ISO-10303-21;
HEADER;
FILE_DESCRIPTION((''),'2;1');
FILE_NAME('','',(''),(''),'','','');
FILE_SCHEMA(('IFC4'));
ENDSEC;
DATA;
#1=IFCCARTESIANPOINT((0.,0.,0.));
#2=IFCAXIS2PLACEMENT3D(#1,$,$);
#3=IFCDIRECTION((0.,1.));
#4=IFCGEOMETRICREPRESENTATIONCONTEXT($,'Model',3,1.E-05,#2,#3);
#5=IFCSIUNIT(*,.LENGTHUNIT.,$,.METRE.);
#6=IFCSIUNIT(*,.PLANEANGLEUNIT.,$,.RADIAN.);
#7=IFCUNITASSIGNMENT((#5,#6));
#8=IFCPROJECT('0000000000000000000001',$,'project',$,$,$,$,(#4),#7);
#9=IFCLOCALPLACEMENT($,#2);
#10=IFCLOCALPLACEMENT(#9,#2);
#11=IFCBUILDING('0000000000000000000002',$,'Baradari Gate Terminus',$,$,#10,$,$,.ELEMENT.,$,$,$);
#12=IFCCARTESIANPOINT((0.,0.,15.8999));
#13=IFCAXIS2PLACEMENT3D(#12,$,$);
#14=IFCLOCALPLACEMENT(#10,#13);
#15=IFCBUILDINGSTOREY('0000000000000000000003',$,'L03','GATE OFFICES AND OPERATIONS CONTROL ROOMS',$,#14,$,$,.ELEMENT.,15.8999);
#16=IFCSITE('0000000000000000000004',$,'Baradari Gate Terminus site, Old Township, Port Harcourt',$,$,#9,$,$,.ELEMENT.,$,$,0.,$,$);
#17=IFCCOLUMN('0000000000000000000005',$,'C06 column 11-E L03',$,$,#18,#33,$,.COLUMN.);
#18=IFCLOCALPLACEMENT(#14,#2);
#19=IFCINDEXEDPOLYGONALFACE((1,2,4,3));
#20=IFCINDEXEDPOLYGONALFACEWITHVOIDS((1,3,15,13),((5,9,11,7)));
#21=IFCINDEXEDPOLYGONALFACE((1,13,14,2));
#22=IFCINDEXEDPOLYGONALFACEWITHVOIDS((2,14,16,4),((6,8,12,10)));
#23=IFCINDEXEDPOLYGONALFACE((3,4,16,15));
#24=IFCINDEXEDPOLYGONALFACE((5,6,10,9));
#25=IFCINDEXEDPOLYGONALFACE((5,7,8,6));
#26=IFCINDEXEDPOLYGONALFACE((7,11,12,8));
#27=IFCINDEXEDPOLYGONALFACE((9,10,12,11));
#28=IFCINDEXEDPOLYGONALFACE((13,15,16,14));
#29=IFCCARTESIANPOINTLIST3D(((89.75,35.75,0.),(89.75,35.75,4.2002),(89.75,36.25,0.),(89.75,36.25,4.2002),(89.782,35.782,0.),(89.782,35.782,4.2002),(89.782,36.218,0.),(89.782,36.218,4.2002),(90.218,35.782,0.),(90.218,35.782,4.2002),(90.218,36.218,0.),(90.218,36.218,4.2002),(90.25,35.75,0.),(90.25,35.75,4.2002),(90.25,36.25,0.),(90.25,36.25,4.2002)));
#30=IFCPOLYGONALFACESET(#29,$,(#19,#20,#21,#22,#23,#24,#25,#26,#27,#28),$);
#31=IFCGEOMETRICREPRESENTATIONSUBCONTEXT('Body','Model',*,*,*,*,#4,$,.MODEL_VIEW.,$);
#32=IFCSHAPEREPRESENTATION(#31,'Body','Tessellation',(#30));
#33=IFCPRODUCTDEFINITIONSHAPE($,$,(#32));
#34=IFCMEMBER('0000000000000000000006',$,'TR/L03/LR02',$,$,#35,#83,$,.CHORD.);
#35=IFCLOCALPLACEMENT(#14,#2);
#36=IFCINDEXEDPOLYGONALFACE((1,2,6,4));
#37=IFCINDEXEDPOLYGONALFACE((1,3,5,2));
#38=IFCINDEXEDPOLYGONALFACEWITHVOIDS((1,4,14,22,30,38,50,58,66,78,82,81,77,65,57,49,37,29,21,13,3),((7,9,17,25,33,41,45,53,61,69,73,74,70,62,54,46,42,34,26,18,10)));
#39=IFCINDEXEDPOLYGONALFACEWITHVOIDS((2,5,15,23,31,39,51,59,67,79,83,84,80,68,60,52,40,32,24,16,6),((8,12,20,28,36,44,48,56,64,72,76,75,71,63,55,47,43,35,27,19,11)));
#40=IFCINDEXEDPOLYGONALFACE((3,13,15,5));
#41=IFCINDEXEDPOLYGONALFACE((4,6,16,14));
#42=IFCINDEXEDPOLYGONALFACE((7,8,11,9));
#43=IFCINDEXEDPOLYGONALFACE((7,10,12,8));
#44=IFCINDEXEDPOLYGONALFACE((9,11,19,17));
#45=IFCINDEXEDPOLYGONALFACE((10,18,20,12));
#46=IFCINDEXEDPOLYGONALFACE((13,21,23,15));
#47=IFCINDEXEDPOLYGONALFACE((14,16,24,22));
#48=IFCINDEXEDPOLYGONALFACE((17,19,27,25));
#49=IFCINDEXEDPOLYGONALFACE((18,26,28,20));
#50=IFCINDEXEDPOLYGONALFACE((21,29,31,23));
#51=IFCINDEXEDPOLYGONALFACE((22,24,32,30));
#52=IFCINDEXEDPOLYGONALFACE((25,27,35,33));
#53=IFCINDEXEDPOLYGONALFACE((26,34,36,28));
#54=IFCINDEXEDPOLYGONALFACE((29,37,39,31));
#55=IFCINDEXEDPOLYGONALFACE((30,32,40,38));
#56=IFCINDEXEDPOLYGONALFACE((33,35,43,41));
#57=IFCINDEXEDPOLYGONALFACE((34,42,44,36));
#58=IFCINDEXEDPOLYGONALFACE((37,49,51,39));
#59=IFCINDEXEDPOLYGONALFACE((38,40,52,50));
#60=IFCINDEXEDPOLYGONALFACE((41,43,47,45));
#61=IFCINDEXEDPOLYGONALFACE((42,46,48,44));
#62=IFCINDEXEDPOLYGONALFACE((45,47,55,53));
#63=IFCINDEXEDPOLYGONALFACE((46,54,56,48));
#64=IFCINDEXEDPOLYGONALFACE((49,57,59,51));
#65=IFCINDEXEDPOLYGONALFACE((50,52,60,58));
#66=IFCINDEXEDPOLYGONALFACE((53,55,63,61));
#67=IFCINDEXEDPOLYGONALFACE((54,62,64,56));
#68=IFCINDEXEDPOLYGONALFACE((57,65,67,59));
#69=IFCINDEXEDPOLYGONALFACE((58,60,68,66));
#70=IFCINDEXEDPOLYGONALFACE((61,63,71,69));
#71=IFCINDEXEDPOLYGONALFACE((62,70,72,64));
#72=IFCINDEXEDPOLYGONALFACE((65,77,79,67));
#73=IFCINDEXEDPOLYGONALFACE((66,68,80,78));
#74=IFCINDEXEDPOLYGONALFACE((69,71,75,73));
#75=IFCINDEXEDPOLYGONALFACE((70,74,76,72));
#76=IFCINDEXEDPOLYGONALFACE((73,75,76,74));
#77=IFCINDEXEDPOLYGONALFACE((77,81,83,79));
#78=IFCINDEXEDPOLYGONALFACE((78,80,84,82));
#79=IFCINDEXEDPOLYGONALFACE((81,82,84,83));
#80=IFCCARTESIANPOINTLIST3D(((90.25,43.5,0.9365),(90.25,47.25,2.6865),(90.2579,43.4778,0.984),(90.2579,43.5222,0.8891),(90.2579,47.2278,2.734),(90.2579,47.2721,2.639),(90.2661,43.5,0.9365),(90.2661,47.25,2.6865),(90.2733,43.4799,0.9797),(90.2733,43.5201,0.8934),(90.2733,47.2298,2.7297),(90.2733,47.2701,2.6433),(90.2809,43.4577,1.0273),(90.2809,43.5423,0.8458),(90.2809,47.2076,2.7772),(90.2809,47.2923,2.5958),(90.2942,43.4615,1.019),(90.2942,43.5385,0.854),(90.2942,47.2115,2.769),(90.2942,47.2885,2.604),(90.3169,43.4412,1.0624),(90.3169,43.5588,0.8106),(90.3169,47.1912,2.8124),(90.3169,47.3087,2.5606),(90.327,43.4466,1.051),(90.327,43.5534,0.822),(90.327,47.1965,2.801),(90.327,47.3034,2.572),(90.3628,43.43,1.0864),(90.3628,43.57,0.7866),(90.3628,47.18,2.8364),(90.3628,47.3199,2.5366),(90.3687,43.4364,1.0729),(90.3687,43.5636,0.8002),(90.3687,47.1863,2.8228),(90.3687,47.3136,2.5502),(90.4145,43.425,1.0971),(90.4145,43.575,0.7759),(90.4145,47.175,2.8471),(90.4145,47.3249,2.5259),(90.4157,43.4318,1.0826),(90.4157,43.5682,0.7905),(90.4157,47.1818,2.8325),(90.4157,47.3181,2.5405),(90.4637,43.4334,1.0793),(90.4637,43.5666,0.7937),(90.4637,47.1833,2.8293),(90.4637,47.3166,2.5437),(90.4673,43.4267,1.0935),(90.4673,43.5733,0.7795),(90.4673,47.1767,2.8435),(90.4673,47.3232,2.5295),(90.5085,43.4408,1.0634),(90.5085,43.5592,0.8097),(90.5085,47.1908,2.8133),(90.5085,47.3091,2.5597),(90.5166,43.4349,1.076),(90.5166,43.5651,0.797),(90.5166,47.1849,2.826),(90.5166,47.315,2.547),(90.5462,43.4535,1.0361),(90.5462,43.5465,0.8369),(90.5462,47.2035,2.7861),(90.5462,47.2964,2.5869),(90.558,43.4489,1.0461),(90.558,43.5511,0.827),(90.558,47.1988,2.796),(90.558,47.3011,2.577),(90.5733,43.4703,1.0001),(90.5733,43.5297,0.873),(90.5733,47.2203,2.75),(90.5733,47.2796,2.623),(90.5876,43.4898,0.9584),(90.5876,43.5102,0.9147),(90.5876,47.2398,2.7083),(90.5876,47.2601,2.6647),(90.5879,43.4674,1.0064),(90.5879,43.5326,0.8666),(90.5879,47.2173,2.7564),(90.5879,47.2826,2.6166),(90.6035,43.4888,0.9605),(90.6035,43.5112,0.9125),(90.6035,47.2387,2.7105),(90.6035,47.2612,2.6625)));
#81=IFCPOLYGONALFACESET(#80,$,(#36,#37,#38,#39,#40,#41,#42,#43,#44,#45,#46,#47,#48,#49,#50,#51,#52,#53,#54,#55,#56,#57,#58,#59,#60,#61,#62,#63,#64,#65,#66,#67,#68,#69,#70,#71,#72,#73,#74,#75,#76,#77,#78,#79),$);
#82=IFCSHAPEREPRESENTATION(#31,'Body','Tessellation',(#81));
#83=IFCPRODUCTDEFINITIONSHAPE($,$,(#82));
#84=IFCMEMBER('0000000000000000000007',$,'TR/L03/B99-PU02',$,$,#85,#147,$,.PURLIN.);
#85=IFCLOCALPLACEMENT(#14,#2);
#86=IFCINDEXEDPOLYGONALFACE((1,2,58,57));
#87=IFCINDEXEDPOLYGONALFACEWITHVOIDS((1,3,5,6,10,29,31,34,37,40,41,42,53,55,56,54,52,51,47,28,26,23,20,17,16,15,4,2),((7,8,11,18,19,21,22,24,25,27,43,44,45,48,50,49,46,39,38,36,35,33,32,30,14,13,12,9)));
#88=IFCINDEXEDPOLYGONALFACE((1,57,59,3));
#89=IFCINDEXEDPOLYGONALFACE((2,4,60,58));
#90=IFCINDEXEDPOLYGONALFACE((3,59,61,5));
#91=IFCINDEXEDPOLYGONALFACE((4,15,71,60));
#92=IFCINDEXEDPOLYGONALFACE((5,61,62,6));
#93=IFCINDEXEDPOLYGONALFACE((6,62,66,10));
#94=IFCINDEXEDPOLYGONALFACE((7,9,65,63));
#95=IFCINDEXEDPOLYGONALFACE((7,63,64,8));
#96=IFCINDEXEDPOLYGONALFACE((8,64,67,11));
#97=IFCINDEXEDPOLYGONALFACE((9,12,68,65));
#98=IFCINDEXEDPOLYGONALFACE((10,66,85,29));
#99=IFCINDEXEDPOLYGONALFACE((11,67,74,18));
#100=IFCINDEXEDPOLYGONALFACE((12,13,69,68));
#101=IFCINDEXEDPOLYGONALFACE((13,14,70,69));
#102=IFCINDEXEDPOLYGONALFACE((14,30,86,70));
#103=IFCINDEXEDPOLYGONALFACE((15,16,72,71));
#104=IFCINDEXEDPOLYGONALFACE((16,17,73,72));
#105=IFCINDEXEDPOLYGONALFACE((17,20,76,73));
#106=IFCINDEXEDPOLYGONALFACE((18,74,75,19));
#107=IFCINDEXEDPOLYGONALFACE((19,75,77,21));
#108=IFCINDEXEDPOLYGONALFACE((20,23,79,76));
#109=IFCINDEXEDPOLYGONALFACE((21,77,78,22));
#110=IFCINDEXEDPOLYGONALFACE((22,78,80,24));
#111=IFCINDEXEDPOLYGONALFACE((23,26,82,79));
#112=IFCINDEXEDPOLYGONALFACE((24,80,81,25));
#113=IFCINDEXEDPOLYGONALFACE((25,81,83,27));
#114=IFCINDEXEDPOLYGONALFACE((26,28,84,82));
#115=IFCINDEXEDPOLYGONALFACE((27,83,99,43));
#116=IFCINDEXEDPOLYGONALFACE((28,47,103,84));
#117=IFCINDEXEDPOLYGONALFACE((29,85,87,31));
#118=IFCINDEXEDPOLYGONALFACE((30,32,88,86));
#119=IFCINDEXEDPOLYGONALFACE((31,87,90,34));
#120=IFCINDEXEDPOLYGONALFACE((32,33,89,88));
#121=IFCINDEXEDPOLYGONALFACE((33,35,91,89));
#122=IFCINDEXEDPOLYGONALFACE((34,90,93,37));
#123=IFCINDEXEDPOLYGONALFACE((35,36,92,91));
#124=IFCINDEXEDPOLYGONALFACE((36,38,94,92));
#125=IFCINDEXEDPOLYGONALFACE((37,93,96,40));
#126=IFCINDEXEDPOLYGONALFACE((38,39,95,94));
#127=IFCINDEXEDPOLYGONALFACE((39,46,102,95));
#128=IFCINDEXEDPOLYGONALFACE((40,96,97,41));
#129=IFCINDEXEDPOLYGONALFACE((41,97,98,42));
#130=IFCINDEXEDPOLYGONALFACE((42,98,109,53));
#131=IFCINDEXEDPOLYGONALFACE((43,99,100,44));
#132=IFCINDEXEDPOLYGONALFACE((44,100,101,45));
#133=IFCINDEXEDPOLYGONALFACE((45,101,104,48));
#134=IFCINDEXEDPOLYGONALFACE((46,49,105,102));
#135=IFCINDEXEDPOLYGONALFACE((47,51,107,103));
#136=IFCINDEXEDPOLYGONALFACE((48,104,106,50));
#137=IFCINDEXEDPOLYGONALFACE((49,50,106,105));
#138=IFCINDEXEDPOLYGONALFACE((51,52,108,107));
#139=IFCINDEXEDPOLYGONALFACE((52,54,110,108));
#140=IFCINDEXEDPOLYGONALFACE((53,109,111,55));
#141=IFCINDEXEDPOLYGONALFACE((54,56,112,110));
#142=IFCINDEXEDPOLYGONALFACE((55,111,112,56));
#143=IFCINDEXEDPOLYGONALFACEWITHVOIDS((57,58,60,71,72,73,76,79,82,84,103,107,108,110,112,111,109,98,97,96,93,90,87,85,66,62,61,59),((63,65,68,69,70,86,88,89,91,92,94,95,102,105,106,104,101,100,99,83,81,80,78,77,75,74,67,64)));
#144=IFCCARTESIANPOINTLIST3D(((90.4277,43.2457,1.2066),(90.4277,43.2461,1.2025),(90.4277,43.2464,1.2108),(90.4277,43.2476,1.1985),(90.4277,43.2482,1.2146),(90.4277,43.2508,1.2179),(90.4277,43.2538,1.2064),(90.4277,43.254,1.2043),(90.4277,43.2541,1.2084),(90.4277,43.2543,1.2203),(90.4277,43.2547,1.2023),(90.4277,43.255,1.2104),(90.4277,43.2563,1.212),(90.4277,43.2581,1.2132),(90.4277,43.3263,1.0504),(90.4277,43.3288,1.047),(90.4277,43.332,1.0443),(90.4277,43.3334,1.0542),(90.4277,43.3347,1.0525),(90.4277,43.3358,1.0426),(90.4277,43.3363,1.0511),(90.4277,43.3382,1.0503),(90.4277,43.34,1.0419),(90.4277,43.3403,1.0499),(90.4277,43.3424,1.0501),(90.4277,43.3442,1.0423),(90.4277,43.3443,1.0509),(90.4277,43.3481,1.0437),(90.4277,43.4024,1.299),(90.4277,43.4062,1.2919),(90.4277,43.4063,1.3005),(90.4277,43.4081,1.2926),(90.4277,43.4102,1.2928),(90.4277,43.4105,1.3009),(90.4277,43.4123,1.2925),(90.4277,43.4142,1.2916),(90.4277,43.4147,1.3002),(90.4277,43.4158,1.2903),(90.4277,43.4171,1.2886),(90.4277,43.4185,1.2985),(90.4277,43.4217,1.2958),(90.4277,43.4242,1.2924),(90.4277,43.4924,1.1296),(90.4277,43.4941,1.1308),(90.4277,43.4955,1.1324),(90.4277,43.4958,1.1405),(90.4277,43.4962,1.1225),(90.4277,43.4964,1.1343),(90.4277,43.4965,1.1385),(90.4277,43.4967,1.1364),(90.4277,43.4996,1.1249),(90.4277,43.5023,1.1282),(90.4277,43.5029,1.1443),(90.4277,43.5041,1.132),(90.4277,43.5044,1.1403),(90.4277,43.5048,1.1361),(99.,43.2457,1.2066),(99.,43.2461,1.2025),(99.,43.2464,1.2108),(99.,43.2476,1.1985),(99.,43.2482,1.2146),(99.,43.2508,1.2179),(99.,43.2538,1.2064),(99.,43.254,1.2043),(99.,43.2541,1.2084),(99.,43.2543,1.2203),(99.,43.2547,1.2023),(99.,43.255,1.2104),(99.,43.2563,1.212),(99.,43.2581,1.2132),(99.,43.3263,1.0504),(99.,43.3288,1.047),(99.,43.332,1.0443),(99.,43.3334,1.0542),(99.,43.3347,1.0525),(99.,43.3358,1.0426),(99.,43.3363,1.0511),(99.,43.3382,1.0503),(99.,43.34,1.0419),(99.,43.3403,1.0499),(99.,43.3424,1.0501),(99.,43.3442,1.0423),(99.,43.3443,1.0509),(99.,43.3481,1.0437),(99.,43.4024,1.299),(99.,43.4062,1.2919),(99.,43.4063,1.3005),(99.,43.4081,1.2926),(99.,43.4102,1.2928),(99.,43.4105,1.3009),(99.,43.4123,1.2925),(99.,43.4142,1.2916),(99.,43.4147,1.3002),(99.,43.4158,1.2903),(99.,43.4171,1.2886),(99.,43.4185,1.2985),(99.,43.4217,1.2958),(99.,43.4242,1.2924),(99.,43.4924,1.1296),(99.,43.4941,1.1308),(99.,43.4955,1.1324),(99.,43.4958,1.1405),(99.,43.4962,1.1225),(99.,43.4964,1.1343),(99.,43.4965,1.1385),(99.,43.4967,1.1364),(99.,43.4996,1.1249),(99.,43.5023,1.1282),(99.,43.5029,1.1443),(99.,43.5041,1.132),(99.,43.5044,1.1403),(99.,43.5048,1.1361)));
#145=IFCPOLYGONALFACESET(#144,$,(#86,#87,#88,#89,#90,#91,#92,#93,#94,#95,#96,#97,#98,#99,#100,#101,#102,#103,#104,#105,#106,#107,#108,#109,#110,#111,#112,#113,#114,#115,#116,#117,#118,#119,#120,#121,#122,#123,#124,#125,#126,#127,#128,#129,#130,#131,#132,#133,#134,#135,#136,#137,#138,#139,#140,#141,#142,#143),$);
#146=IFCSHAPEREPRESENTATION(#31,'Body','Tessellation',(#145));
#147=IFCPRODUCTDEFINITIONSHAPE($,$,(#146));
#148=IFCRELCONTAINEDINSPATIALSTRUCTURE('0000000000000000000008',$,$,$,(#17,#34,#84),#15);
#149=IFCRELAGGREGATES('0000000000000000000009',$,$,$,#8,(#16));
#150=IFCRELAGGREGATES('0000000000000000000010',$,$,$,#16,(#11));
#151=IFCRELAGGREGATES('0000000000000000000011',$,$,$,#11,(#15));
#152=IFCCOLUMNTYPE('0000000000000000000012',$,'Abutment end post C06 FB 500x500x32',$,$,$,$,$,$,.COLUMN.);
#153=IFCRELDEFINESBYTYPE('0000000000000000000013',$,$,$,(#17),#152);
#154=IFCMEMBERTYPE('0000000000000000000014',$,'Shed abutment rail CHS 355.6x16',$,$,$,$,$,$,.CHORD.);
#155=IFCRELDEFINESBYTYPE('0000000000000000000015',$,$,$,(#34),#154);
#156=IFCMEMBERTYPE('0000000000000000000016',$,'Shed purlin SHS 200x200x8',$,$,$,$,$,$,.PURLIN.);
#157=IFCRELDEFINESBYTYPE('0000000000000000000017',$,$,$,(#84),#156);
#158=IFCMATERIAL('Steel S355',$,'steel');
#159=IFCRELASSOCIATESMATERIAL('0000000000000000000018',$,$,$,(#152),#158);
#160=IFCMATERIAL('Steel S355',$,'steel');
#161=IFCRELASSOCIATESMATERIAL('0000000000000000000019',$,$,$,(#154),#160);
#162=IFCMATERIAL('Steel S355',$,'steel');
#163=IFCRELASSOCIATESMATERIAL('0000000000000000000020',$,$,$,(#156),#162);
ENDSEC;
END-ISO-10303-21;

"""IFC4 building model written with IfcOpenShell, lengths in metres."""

from ifc_helpers import new_model, si_unit, direction, frame, origin, origin_2d, place, context, subcontext, project, spatial, hollow_rectangle, hollow_circle, extrude, material, material_profile, profile_set, type_object, element, save


model = new_model("IFC4")

# Units and contexts
model_context = context("Model", 3, precision=1e-05, world=origin(), true_north=direction((0.0, 1.0)))
body_context = subcontext(model_context, "Body", "Model", "MODEL_VIEW")
ifc_project = project(units=[si_unit("LENGTHUNIT", "METRE"), si_unit("PLANEANGLEUNIT", "RADIAN")], contexts=[model_context])

# Site, building, storey
site_placement = place(None, origin())
site = spatial("IfcSite", under=ifc_project, at=site_placement, Name="Baradari Gate Terminus site, Old Township, Port Harcourt", CompositionType="ELEMENT", RefElevation=0.0)
building_placement = place(site_placement, origin())
building = spatial("IfcBuilding", under=site, at=building_placement, Name="Baradari Gate Terminus", CompositionType="ELEMENT")
storey_placement = place(building_placement, frame((0.0, 0.0, 15.8999)))
storey = spatial("IfcBuildingStorey", under=building, at=storey_placement, Name="L03", Description="GATE OFFICES AND OPERATIONS CONTROL ROOMS", CompositionType="ELEMENT", Elevation=15.8999)

# Column
ifc_material_1 = material(Name="Steel S355", Category="steel")
ifc_material_profile_1 = material_profile(ifc_material_1, hollow_rectangle(XDim=0.5, YDim=0.5, WallThickness=0.032, at=origin_2d()), Name="FB 500x500x32")
ifc_profile_set_1 = profile_set([ifc_material_profile_1], Name="Steel S355")
column_type = type_object("IfcColumnType", Name="Abutment end post C06 FB 500x500x32", PredefinedType="COLUMN", material=ifc_profile_set_1)
column_placement = place(storey_placement, frame((90.0, 36.0, 0.0), z_axis=(0.0, 0.0, 1.0), x_axis=(1.0, 0.0, 0.0)))
element("IfcColumn", 1, at=column_placement, inside=storey, type_object=column_type, Name="C06 column 11-E L03", PredefinedType="COLUMN", context=body_context, shape_type="SweptSolid", body=[
    extrude(hollow_rectangle(XDim=0.5, YDim=0.5, WallThickness=0.032, at=origin_2d()), origin(), (0.0, 0.0, 1.0), 4.2002),
])

# Members
ifc_material_2 = material(Name="Steel S355", Category="steel")
ifc_material_profile_2 = material_profile(ifc_material_2, hollow_circle(Radius=0.1777, WallThickness=0.0161, at=origin_2d()), Name="CHS 355.6x16")
ifc_profile_set_2 = profile_set([ifc_material_profile_2], Name="Steel S355")
member_type_1 = type_object("IfcMemberType", Name="Shed abutment rail CHS 355.6x16", PredefinedType="CHORD", material=ifc_profile_set_2)
member_placement = place(storey_placement, frame((90.4277, 43.5, 0.9365), z_axis=(0.0, 0.906183, 0.422885), x_axis=(-1.0, 0.0, 0.0)))
element("IfcMember", 2, at=member_placement, inside=storey, type_object=member_type_1, Name="TR/L03/LR02", PredefinedType="CHORD", context=body_context, shape_type="SweptSolid", body=[
    extrude(hollow_circle(Radius=0.1777, WallThickness=0.0161, at=origin_2d()), origin(), (0.0, 0.0, 1.0), 4.1382),
])
ifc_material_3 = material(Name="Steel S355", Category="steel")
ifc_material_profile_3 = material_profile(ifc_material_3, hollow_rectangle(XDim=0.2, YDim=0.2, WallThickness=0.0081, InnerFilletRadius=0.0081, OuterFilletRadius=0.0161, at=origin_2d()), Name="SHS 200x200x8")
ifc_profile_set_3 = profile_set([ifc_material_profile_3], Name="Steel S355")
member_type_2 = type_object("IfcMemberType", Name="Shed purlin SHS 200x200x8", PredefinedType="PURLIN", material=ifc_profile_set_3)
for number, where, z_axis, x_axis, name in (
    (3, (90.4277, 43.3752, 1.1714), (1.0, 0.0, 0.0), (0.0, 0.883027, 0.469322), "TR/L03/B99-PU02"),
):
    element("IfcMember", number, at=place(storey_placement, frame(where, z_axis=z_axis, x_axis=x_axis)), inside=storey, type_object=member_type_2, Name=name, PredefinedType="PURLIN", context=body_context, shape_type="SweptSolid", body=[
        extrude(hollow_rectangle(XDim=0.2, YDim=0.2, WallThickness=0.0081, InnerFilletRadius=0.0081, OuterFilletRadius=0.0161, at=origin_2d()), origin(), (0.0, 0.0, 1.0), 8.5723),
    ])

save(model, "model.ifc")
